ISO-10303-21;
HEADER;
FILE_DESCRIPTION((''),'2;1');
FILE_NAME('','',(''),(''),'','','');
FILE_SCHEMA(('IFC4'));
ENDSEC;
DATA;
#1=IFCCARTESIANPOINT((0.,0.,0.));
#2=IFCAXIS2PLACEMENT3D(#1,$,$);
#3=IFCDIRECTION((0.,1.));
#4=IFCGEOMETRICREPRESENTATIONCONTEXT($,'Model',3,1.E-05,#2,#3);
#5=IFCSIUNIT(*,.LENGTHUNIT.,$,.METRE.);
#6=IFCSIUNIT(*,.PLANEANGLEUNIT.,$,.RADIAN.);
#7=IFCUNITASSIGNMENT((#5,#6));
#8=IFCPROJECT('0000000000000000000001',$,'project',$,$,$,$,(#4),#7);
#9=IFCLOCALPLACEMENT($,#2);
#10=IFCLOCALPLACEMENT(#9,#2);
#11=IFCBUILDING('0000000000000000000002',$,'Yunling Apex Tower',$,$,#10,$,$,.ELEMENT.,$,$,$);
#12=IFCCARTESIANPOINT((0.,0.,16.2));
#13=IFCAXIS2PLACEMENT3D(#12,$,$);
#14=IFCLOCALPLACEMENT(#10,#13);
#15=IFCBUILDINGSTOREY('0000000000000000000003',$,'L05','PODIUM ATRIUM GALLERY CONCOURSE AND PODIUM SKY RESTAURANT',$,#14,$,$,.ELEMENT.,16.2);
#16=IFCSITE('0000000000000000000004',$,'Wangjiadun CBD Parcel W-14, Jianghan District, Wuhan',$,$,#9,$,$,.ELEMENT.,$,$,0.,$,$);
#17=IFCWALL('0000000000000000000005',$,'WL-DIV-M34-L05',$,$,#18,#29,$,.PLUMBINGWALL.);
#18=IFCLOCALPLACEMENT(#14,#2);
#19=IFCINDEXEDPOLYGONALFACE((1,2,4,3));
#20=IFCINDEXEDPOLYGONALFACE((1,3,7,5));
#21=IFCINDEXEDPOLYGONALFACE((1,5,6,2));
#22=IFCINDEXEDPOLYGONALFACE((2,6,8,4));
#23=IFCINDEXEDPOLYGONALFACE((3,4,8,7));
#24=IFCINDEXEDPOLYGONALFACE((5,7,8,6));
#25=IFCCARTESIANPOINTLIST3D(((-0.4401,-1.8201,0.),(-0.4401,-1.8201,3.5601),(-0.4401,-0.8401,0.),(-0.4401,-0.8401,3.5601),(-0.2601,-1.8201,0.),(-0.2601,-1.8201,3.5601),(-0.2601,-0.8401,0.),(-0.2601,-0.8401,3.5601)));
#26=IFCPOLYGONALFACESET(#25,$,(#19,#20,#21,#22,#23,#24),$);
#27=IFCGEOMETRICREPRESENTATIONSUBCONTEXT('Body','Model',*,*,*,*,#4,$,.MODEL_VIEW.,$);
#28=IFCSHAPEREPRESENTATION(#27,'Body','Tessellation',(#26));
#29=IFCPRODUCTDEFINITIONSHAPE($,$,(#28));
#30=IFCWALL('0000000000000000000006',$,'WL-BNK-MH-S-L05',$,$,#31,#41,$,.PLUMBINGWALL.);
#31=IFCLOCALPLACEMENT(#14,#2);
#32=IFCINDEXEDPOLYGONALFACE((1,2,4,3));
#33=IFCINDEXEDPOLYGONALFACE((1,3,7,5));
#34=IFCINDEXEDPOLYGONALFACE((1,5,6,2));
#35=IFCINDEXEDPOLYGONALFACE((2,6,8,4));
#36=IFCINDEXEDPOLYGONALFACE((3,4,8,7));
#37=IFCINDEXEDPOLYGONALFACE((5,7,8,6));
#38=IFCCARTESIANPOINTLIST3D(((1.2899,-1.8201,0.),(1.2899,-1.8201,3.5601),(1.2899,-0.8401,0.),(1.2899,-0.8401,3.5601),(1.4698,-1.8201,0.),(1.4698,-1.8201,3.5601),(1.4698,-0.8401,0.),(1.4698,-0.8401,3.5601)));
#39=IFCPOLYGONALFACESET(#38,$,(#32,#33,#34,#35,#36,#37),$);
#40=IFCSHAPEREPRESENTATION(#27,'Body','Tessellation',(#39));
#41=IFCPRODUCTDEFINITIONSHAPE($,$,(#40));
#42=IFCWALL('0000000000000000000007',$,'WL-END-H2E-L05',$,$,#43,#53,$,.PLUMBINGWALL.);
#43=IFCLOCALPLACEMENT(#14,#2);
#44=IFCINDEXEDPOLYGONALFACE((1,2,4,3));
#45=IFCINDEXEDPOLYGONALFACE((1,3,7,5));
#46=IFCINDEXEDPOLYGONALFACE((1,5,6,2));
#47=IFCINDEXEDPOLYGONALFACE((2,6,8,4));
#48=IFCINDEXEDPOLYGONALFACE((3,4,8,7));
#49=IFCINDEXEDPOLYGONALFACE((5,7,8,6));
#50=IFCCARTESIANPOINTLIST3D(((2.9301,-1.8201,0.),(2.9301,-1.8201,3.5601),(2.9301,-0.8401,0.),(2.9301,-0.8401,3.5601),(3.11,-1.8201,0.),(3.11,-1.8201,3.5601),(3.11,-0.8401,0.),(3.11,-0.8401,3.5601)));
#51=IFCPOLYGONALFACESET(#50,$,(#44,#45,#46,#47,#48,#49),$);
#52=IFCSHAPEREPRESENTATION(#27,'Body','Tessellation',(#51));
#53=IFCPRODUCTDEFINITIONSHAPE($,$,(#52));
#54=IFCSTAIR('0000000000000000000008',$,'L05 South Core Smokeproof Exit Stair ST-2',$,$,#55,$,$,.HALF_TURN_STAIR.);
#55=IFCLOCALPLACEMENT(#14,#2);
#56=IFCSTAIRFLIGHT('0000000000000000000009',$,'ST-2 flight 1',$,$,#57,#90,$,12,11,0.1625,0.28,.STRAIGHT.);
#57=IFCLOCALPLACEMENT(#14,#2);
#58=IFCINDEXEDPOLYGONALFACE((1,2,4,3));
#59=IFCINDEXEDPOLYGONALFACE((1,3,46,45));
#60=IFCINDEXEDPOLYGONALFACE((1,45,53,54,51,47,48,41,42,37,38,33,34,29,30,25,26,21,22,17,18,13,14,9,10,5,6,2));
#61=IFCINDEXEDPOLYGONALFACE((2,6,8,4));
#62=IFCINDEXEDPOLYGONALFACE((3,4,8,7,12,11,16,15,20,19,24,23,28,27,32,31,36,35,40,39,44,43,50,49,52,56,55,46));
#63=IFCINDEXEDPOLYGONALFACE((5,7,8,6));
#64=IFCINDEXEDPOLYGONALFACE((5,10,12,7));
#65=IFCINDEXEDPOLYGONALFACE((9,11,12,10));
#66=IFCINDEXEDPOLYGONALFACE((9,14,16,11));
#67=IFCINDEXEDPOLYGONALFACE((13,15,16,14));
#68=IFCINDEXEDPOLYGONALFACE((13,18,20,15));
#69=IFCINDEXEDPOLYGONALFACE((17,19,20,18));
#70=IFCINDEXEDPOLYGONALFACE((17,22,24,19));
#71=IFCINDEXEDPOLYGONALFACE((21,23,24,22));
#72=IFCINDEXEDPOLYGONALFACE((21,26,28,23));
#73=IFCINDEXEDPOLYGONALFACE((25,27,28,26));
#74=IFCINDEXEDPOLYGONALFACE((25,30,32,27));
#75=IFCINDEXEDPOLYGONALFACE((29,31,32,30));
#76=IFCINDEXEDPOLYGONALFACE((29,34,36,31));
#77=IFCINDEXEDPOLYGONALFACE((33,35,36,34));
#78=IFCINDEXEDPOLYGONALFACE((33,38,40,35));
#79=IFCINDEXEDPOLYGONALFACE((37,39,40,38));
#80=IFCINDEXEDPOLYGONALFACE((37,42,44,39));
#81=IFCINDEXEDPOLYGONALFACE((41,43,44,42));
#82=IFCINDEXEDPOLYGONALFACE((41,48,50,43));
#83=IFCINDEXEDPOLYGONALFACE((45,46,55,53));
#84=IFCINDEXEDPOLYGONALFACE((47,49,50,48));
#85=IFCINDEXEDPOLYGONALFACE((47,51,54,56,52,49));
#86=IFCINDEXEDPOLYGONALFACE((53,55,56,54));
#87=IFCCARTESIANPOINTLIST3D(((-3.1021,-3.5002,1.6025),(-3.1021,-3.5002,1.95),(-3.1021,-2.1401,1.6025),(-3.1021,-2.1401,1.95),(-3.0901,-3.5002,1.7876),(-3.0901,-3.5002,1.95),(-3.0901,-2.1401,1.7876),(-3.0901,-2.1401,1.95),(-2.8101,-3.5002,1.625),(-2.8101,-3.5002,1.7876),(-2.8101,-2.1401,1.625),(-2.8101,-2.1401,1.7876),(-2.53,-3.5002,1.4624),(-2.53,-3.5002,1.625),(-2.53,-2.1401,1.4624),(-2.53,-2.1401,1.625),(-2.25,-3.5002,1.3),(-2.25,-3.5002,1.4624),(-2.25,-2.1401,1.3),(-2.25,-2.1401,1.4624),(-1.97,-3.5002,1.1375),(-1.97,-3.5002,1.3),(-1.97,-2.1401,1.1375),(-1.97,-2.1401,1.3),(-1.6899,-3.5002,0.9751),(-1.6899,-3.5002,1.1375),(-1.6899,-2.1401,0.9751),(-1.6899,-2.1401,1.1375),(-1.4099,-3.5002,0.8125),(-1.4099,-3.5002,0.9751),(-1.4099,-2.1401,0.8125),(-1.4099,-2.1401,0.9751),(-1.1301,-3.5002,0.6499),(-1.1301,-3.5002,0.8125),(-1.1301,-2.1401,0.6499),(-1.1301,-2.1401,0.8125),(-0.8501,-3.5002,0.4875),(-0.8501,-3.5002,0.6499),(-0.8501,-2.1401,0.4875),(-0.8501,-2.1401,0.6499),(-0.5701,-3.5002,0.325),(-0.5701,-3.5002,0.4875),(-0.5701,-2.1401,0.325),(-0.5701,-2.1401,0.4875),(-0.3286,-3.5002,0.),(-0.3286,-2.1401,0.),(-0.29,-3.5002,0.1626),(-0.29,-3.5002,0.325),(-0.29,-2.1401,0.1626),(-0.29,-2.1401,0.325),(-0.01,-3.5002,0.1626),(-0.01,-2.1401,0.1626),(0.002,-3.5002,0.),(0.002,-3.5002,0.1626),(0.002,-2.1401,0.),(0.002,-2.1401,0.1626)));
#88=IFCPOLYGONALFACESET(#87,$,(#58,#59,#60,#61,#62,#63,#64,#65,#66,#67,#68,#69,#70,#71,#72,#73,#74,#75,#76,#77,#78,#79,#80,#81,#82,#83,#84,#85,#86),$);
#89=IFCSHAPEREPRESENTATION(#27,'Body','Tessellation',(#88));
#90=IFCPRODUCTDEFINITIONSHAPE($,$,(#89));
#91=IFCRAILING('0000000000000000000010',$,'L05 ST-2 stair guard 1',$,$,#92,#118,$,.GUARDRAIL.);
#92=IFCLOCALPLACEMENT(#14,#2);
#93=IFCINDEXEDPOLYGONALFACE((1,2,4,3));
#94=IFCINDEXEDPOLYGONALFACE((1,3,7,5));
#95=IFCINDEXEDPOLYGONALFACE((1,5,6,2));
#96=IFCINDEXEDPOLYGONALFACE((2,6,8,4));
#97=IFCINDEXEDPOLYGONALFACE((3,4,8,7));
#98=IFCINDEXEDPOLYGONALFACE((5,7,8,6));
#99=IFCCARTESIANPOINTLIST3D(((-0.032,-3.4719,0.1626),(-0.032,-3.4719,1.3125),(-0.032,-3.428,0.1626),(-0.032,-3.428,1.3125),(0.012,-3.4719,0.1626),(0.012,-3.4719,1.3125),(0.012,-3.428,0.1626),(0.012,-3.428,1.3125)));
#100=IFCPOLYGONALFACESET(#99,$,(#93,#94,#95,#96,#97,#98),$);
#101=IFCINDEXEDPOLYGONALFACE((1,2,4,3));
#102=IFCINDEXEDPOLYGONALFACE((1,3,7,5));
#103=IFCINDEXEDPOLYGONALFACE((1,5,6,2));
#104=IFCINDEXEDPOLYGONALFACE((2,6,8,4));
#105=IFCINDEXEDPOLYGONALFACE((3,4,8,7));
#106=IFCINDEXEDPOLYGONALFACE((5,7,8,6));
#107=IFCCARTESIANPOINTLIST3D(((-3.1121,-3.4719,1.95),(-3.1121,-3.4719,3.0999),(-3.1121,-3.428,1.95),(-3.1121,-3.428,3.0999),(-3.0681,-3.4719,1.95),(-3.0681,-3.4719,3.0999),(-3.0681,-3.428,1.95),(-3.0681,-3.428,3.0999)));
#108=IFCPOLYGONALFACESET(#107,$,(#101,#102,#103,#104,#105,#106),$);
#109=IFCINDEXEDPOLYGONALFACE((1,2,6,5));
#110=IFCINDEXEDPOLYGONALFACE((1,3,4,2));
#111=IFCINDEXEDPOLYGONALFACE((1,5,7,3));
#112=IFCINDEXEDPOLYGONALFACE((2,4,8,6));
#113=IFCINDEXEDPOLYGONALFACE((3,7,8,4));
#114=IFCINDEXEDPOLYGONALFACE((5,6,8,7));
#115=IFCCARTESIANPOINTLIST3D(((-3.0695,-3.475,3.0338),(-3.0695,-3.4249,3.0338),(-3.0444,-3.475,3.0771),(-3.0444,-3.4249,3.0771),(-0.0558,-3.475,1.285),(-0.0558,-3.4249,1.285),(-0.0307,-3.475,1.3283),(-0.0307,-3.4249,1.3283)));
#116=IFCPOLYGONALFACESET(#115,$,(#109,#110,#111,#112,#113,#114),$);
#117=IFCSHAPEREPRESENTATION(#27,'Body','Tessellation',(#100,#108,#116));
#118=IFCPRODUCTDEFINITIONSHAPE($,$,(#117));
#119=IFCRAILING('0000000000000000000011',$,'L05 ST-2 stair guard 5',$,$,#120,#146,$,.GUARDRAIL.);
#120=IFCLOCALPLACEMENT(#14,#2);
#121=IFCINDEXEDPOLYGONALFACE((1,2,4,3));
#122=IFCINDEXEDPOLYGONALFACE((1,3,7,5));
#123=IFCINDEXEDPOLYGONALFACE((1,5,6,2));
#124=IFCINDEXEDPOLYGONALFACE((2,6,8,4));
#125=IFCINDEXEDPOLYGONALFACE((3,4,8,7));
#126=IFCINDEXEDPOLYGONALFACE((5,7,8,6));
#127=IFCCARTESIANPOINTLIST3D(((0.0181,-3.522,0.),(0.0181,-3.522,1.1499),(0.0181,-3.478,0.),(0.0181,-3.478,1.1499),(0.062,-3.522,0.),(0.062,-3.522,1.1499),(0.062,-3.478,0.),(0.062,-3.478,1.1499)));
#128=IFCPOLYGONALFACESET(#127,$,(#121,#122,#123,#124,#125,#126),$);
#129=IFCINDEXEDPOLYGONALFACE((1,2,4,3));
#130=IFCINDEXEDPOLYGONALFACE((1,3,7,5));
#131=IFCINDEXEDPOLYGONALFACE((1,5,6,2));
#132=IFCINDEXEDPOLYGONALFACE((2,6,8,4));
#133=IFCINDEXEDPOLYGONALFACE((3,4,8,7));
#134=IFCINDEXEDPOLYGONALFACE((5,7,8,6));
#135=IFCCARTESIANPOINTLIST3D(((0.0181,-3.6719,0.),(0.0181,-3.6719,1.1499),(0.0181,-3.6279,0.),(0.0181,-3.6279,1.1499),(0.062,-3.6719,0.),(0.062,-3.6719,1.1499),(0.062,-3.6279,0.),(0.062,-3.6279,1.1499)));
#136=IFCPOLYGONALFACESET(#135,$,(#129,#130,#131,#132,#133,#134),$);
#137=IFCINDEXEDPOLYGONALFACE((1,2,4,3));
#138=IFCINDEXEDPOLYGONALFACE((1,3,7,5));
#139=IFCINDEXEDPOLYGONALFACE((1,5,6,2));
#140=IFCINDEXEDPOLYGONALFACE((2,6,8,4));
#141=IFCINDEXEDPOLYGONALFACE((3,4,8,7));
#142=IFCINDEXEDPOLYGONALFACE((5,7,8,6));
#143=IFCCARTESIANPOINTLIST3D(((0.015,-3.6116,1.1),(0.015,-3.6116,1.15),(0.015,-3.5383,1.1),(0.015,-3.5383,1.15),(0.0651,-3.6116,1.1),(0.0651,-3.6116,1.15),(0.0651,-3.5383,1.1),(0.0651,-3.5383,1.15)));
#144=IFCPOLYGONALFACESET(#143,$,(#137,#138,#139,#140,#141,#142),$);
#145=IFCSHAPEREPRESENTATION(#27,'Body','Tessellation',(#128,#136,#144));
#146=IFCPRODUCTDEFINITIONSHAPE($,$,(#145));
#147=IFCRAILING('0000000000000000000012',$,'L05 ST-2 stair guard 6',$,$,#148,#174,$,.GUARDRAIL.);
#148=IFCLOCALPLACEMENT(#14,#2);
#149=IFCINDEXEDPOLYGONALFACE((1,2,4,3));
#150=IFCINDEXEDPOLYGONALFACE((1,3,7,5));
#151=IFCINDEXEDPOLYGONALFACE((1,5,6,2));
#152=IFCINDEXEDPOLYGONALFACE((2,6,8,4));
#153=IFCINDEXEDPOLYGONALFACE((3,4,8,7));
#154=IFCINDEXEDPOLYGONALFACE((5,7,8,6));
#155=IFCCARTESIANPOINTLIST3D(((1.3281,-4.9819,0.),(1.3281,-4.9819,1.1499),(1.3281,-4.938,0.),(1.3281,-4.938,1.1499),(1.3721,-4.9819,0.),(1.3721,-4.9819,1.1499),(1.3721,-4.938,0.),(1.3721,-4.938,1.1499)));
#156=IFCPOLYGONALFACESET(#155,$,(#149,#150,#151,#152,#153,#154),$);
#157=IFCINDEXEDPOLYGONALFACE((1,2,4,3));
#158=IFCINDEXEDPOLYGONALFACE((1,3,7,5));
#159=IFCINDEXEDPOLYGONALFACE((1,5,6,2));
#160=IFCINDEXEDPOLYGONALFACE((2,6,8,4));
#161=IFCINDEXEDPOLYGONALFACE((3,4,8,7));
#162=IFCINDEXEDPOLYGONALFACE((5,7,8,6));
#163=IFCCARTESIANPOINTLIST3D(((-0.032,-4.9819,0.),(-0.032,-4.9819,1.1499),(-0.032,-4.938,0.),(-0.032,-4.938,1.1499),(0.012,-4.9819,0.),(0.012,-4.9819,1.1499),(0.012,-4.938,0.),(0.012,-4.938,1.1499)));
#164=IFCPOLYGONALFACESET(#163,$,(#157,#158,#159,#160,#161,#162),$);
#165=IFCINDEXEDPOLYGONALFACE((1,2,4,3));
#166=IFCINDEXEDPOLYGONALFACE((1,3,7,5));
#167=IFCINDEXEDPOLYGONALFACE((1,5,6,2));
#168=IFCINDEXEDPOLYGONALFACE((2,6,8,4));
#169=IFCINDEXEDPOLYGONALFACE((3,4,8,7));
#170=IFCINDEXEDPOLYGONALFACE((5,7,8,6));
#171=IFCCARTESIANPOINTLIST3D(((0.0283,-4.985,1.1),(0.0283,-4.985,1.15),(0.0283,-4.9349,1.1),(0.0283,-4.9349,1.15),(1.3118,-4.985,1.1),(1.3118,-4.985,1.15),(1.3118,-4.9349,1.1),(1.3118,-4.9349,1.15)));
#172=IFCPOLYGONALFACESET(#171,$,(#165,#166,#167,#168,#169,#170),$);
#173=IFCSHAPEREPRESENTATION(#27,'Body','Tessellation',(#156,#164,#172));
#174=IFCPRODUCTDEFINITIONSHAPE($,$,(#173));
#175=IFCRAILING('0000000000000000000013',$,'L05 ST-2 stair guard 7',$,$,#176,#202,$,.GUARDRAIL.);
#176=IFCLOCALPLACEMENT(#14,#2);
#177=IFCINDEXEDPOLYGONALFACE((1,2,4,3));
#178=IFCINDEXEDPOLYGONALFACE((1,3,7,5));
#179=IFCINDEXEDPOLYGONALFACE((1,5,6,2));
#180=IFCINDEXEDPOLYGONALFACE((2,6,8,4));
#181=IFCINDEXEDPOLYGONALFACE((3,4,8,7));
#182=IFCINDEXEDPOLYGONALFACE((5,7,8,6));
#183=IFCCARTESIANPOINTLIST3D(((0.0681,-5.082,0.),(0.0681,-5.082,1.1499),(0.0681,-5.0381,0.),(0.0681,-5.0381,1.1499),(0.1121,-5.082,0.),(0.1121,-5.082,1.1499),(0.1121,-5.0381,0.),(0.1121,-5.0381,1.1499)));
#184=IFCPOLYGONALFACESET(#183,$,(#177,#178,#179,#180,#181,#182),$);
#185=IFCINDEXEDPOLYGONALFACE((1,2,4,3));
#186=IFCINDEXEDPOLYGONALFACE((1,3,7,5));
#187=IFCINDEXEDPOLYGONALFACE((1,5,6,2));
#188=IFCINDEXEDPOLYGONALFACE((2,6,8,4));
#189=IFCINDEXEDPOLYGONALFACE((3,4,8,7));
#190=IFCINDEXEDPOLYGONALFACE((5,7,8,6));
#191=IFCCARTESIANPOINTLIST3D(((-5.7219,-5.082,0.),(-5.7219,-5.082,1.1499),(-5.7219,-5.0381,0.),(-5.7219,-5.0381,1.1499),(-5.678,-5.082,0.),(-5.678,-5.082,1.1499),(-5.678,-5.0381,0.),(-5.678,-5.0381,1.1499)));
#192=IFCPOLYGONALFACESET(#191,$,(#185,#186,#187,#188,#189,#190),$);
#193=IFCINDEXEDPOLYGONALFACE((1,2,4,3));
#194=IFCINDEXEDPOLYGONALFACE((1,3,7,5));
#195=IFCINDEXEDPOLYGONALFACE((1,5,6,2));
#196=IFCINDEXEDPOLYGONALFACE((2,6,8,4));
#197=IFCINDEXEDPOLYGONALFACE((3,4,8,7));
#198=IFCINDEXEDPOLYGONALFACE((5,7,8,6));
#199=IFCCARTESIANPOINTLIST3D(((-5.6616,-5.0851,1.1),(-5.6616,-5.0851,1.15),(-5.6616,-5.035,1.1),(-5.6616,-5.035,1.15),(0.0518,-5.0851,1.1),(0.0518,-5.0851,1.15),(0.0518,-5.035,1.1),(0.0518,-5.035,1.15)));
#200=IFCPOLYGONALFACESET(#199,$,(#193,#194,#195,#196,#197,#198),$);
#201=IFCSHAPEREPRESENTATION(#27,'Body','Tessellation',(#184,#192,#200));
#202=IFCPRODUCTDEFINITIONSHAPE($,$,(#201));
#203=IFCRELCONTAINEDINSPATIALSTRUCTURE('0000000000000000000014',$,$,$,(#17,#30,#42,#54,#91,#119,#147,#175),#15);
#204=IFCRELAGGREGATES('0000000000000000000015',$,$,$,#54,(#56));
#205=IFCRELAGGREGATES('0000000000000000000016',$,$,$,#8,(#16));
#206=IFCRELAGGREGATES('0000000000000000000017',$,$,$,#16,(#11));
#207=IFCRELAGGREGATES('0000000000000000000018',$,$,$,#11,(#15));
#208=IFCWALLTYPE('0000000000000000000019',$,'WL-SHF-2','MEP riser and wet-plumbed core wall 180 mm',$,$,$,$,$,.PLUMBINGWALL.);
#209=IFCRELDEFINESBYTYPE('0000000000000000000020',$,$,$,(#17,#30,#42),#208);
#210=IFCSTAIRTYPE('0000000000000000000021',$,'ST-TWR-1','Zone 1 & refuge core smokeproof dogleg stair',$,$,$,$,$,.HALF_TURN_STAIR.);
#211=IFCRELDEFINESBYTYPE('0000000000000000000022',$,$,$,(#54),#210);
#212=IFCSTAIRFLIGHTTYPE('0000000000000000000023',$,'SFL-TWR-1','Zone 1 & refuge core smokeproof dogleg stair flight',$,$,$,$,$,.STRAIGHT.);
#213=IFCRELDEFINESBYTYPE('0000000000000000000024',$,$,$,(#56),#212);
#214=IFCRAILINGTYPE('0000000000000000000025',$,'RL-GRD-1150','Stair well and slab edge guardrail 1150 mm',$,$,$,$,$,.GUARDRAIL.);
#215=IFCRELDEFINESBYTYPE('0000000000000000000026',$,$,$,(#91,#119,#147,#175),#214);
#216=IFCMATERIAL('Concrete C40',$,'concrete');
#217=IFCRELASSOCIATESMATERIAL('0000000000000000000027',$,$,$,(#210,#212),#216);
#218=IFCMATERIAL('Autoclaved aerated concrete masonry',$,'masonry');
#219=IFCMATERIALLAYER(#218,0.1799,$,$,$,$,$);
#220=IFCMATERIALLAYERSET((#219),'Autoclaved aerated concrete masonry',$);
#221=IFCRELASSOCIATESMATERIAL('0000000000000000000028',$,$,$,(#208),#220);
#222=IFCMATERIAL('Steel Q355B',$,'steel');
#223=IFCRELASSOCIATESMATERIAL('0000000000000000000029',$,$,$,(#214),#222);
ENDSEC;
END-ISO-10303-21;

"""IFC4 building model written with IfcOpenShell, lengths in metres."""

from ifc_helpers import new_model, si_unit, direction, frame, frame_2d, origin, origin_2d, place, context, subcontext, project, spatial, polyline, rectangle, outline, extrude, material, layer, layer_set, type_object, element, aggregate, save


model = new_model("IFC4")

# Units and contexts
model_context = context("Model", 3, precision=1e-05, world=origin(), true_north=direction((0.0, 1.0)))
body_context = subcontext(model_context, "Body", "Model", "MODEL_VIEW")
ifc_project = project(units=[si_unit("LENGTHUNIT", "METRE"), si_unit("PLANEANGLEUNIT", "RADIAN")], contexts=[model_context])

# Site, building, storey
site_placement = place(None, origin())
site = spatial("IfcSite", under=ifc_project, at=site_placement, Name="Wangjiadun CBD Parcel W-14, Jianghan District, Wuhan", CompositionType="ELEMENT", RefElevation=0.0)
building_placement = place(site_placement, origin())
building = spatial("IfcBuilding", under=site, at=building_placement, Name="Yunling Apex Tower", CompositionType="ELEMENT")
storey_placement = place(building_placement, frame((0.0, 0.0, 16.2)))
storey = spatial("IfcBuildingStorey", under=building, at=storey_placement, Name="L05", Description="PODIUM ATRIUM GALLERY CONCOURSE AND PODIUM SKY RESTAURANT", CompositionType="ELEMENT", Elevation=16.2)

# Shared definitions
ifc_material_1 = material(Name="Steel Q355B", Category="steel")

# Shared definitions
ifc_material_2 = material(Name="Concrete C40", Category="concrete")
stair_type = type_object("IfcStairType", Name="ST-TWR-1", Description="Zone 1 & refuge core smokeproof dogleg stair", PredefinedType="HALF_TURN_STAIR", material=ifc_material_2)

# Shared definitions
ifc_material_3 = material(Name="Autoclaved aerated concrete masonry", Category="masonry")

# Walls
ifc_layer_1 = layer(ifc_material_3, 0.1799)
ifc_layer_set_1 = layer_set([ifc_layer_1], Name="Autoclaved aerated concrete masonry")
wall_type_1 = type_object("IfcWallType", Name="WL-SHF-2", Description="MEP riser and wet-plumbed core wall 180 mm", PredefinedType="PLUMBINGWALL", material=ifc_layer_set_1)
for number, where, z_axis, x_axis, name in (
    (1, (-0.3501, -1.8201, 0.0), (0.0, 0.0, 1.0), (0.0, 1.0, 0.0), "WL-DIV-M34-L05"),
    (2, (1.3799, -1.8201, 0.0), (0.0, 0.0, 1.0), (0.0, 1.0, 0.0), "WL-BNK-MH-S-L05"),
    (3, (3.02, -1.8201, 0.0), (0.0, 0.0, 1.0), (0.0, 1.0, 0.0), "WL-END-H2E-L05"),
):
    element("IfcWall", number, at=place(storey_placement, frame(where, z_axis=z_axis, x_axis=x_axis)), inside=storey, type_object=wall_type_1, Name=name, PredefinedType="PLUMBINGWALL", context=body_context, shape_type="SweptSolid", body=[
        extrude(rectangle(XDim=0.98, YDim=0.1799, at=frame_2d((0.49, 0.0))), origin(), (0.0, 0.0, 1.0), 3.5601),
    ])

# Stair, stair flight
stair_1_placement = place(storey_placement, origin())
stair_1 = element("IfcStair", 4, at=stair_1_placement, inside=storey, type_object=stair_type, Name="L05 South Core Smokeproof Exit Stair ST-2", PredefinedType="HALF_TURN_STAIR")
stair_flight_type = type_object("IfcStairFlightType", Name="SFL-TWR-1", Description="Zone 1 & refuge core smokeproof dogleg stair flight", PredefinedType="STRAIGHT", material=ifc_material_2)
stair_flight_placement = place(storey_placement, frame((-0.01, -2.8201, 0.0), z_axis=(0.0, 0.0, 1.0), x_axis=(-1.0, 0.0, 0.0)))
stair_flight = element("IfcStairFlight", 5, at=stair_flight_placement, type_object=stair_flight_type, Name="ST-2 flight 1", NumberOfRisers=12, NumberOfTreads=11, PredefinedType="STRAIGHT", RiserHeight=0.1625, TreadLength=0.28, context=body_context, shape_type="SweptSolid", body=[
    extrude(outline(polyline([(-0.012, 0.0), (-0.012, 0.1626), (0.0, 0.1626), (0.28, 0.1626), (0.28, 0.325), (0.5601, 0.325), (0.5601, 0.4875), (0.8401, 0.4875), (0.8401, 0.6499), (1.1201, 0.6499), (1.1201, 0.8125), (1.3999, 0.8125), (1.3999, 0.9751), (1.6799, 0.9751), (1.6799, 1.1375), (1.96, 1.1375), (1.96, 1.3), (2.24, 1.3), (2.24, 1.4624), (2.52, 1.4624), (2.52, 1.625), (2.8, 1.625), (2.8, 1.7876), (3.0801, 1.7876), (3.0801, 1.95), (3.092, 1.95), (3.092, 1.6025), (0.3186, 0.0), (-0.012, 0.0)])), frame((0.0, 0.6802, 0.0), z_axis=(0.0, -1.0, 0.0), x_axis=(1.0, 0.0, 0.0)), (0.0, 0.0, 1.0), 1.3601),
])
aggregate(stair_1, [stair_flight])

# Railings
railing_type_1 = type_object("IfcRailingType", Name="RL-GRD-1150", Description="Stair well and slab edge guardrail 1150 mm", PredefinedType="GUARDRAIL", material=ifc_material_1)
railing_1_placement = place(storey_placement, frame((-0.01, -3.45, 0.1626)))
element("IfcRailing", 6, at=railing_1_placement, inside=storey, type_object=railing_type_1, Name="L05 ST-2 stair guard 1", PredefinedType="GUARDRAIL", context=body_context, shape_type="SweptSolid", body=[
    extrude(rectangle(XDim=0.0439, YDim=0.0439, at=origin_2d()), origin(), (0.0, 0.0, 1.0), 1.1499),
    extrude(rectangle(XDim=0.0439, YDim=0.0439, at=origin_2d()), frame((-3.0801, 0.0, 1.7874)), (0.0, 0.0, 1.0), 1.1499),
    extrude(rectangle(XDim=0.05, YDim=0.05, at=origin_2d()), frame((-0.0332, 0.0, 1.144), z_axis=(-0.86492, 0.0, 0.501909), x_axis=(0.0, -1.0, 0.0)), (0.0, 0.0, 1.0), 3.4844),
])
railing_2_placement = place(storey_placement, frame((0.04, -3.5, 0.0)))
element("IfcRailing", 7, at=railing_2_placement, inside=storey, type_object=railing_type_1, Name="L05 ST-2 stair guard 5", PredefinedType="GUARDRAIL", context=body_context, shape_type="SweptSolid", body=[
    extrude(rectangle(XDim=0.0439, YDim=0.0439, at=origin_2d()), origin(), (0.0, 0.0, 1.0), 1.1499),
    extrude(rectangle(XDim=0.0439, YDim=0.0439, at=origin_2d()), frame((0.0, -0.1499, 0.0)), (0.0, 0.0, 1.0), 1.1499),
    extrude(rectangle(XDim=0.05, YDim=0.05, at=origin_2d()), frame((0.0, -0.0383, 1.125), z_axis=(0.0, -1.0, 0.0), x_axis=(1.0, 0.0, 0.0)), (0.0, 0.0, 1.0), 0.0732),
])
railing_3_placement = place(storey_placement, frame((1.3501, -4.96, 0.0)))
element("IfcRailing", 8, at=railing_3_placement, inside=storey, type_object=railing_type_1, Name="L05 ST-2 stair guard 6", PredefinedType="GUARDRAIL", context=body_context, shape_type="SweptSolid", body=[
    extrude(rectangle(XDim=0.0439, YDim=0.0439, at=origin_2d()), origin(), (0.0, 0.0, 1.0), 1.1499),
    extrude(rectangle(XDim=0.0439, YDim=0.0439, at=origin_2d()), frame((-1.3601, 0.0, 0.0)), (0.0, 0.0, 1.0), 1.1499),
    extrude(rectangle(XDim=0.05, YDim=0.05, at=origin_2d()), frame((-0.0383, 0.0, 1.125), z_axis=(-1.0, 0.0, 0.0), x_axis=(0.0, -1.0, 0.0)), (0.0, 0.0, 1.0), 1.2834),
])
railing_4_placement = place(storey_placement, frame((0.0901, -5.0601, 0.0)))
element("IfcRailing", 9, at=railing_4_placement, inside=storey, type_object=railing_type_1, Name="L05 ST-2 stair guard 7", PredefinedType="GUARDRAIL", context=body_context, shape_type="SweptSolid", body=[
    extrude(rectangle(XDim=0.0439, YDim=0.0439, at=origin_2d()), origin(), (0.0, 0.0, 1.0), 1.1499),
    extrude(rectangle(XDim=0.0439, YDim=0.0439, at=origin_2d()), frame((-5.79, 0.0, 0.0)), (0.0, 0.0, 1.0), 1.1499),
    extrude(rectangle(XDim=0.05, YDim=0.05, at=origin_2d()), frame((-0.0383, 0.0, 1.125), z_axis=(-1.0, 0.0, 0.0), x_axis=(0.0, -1.0, 0.0)), (0.0, 0.0, 1.0), 5.7134),
])

save(model, "model.ifc")
